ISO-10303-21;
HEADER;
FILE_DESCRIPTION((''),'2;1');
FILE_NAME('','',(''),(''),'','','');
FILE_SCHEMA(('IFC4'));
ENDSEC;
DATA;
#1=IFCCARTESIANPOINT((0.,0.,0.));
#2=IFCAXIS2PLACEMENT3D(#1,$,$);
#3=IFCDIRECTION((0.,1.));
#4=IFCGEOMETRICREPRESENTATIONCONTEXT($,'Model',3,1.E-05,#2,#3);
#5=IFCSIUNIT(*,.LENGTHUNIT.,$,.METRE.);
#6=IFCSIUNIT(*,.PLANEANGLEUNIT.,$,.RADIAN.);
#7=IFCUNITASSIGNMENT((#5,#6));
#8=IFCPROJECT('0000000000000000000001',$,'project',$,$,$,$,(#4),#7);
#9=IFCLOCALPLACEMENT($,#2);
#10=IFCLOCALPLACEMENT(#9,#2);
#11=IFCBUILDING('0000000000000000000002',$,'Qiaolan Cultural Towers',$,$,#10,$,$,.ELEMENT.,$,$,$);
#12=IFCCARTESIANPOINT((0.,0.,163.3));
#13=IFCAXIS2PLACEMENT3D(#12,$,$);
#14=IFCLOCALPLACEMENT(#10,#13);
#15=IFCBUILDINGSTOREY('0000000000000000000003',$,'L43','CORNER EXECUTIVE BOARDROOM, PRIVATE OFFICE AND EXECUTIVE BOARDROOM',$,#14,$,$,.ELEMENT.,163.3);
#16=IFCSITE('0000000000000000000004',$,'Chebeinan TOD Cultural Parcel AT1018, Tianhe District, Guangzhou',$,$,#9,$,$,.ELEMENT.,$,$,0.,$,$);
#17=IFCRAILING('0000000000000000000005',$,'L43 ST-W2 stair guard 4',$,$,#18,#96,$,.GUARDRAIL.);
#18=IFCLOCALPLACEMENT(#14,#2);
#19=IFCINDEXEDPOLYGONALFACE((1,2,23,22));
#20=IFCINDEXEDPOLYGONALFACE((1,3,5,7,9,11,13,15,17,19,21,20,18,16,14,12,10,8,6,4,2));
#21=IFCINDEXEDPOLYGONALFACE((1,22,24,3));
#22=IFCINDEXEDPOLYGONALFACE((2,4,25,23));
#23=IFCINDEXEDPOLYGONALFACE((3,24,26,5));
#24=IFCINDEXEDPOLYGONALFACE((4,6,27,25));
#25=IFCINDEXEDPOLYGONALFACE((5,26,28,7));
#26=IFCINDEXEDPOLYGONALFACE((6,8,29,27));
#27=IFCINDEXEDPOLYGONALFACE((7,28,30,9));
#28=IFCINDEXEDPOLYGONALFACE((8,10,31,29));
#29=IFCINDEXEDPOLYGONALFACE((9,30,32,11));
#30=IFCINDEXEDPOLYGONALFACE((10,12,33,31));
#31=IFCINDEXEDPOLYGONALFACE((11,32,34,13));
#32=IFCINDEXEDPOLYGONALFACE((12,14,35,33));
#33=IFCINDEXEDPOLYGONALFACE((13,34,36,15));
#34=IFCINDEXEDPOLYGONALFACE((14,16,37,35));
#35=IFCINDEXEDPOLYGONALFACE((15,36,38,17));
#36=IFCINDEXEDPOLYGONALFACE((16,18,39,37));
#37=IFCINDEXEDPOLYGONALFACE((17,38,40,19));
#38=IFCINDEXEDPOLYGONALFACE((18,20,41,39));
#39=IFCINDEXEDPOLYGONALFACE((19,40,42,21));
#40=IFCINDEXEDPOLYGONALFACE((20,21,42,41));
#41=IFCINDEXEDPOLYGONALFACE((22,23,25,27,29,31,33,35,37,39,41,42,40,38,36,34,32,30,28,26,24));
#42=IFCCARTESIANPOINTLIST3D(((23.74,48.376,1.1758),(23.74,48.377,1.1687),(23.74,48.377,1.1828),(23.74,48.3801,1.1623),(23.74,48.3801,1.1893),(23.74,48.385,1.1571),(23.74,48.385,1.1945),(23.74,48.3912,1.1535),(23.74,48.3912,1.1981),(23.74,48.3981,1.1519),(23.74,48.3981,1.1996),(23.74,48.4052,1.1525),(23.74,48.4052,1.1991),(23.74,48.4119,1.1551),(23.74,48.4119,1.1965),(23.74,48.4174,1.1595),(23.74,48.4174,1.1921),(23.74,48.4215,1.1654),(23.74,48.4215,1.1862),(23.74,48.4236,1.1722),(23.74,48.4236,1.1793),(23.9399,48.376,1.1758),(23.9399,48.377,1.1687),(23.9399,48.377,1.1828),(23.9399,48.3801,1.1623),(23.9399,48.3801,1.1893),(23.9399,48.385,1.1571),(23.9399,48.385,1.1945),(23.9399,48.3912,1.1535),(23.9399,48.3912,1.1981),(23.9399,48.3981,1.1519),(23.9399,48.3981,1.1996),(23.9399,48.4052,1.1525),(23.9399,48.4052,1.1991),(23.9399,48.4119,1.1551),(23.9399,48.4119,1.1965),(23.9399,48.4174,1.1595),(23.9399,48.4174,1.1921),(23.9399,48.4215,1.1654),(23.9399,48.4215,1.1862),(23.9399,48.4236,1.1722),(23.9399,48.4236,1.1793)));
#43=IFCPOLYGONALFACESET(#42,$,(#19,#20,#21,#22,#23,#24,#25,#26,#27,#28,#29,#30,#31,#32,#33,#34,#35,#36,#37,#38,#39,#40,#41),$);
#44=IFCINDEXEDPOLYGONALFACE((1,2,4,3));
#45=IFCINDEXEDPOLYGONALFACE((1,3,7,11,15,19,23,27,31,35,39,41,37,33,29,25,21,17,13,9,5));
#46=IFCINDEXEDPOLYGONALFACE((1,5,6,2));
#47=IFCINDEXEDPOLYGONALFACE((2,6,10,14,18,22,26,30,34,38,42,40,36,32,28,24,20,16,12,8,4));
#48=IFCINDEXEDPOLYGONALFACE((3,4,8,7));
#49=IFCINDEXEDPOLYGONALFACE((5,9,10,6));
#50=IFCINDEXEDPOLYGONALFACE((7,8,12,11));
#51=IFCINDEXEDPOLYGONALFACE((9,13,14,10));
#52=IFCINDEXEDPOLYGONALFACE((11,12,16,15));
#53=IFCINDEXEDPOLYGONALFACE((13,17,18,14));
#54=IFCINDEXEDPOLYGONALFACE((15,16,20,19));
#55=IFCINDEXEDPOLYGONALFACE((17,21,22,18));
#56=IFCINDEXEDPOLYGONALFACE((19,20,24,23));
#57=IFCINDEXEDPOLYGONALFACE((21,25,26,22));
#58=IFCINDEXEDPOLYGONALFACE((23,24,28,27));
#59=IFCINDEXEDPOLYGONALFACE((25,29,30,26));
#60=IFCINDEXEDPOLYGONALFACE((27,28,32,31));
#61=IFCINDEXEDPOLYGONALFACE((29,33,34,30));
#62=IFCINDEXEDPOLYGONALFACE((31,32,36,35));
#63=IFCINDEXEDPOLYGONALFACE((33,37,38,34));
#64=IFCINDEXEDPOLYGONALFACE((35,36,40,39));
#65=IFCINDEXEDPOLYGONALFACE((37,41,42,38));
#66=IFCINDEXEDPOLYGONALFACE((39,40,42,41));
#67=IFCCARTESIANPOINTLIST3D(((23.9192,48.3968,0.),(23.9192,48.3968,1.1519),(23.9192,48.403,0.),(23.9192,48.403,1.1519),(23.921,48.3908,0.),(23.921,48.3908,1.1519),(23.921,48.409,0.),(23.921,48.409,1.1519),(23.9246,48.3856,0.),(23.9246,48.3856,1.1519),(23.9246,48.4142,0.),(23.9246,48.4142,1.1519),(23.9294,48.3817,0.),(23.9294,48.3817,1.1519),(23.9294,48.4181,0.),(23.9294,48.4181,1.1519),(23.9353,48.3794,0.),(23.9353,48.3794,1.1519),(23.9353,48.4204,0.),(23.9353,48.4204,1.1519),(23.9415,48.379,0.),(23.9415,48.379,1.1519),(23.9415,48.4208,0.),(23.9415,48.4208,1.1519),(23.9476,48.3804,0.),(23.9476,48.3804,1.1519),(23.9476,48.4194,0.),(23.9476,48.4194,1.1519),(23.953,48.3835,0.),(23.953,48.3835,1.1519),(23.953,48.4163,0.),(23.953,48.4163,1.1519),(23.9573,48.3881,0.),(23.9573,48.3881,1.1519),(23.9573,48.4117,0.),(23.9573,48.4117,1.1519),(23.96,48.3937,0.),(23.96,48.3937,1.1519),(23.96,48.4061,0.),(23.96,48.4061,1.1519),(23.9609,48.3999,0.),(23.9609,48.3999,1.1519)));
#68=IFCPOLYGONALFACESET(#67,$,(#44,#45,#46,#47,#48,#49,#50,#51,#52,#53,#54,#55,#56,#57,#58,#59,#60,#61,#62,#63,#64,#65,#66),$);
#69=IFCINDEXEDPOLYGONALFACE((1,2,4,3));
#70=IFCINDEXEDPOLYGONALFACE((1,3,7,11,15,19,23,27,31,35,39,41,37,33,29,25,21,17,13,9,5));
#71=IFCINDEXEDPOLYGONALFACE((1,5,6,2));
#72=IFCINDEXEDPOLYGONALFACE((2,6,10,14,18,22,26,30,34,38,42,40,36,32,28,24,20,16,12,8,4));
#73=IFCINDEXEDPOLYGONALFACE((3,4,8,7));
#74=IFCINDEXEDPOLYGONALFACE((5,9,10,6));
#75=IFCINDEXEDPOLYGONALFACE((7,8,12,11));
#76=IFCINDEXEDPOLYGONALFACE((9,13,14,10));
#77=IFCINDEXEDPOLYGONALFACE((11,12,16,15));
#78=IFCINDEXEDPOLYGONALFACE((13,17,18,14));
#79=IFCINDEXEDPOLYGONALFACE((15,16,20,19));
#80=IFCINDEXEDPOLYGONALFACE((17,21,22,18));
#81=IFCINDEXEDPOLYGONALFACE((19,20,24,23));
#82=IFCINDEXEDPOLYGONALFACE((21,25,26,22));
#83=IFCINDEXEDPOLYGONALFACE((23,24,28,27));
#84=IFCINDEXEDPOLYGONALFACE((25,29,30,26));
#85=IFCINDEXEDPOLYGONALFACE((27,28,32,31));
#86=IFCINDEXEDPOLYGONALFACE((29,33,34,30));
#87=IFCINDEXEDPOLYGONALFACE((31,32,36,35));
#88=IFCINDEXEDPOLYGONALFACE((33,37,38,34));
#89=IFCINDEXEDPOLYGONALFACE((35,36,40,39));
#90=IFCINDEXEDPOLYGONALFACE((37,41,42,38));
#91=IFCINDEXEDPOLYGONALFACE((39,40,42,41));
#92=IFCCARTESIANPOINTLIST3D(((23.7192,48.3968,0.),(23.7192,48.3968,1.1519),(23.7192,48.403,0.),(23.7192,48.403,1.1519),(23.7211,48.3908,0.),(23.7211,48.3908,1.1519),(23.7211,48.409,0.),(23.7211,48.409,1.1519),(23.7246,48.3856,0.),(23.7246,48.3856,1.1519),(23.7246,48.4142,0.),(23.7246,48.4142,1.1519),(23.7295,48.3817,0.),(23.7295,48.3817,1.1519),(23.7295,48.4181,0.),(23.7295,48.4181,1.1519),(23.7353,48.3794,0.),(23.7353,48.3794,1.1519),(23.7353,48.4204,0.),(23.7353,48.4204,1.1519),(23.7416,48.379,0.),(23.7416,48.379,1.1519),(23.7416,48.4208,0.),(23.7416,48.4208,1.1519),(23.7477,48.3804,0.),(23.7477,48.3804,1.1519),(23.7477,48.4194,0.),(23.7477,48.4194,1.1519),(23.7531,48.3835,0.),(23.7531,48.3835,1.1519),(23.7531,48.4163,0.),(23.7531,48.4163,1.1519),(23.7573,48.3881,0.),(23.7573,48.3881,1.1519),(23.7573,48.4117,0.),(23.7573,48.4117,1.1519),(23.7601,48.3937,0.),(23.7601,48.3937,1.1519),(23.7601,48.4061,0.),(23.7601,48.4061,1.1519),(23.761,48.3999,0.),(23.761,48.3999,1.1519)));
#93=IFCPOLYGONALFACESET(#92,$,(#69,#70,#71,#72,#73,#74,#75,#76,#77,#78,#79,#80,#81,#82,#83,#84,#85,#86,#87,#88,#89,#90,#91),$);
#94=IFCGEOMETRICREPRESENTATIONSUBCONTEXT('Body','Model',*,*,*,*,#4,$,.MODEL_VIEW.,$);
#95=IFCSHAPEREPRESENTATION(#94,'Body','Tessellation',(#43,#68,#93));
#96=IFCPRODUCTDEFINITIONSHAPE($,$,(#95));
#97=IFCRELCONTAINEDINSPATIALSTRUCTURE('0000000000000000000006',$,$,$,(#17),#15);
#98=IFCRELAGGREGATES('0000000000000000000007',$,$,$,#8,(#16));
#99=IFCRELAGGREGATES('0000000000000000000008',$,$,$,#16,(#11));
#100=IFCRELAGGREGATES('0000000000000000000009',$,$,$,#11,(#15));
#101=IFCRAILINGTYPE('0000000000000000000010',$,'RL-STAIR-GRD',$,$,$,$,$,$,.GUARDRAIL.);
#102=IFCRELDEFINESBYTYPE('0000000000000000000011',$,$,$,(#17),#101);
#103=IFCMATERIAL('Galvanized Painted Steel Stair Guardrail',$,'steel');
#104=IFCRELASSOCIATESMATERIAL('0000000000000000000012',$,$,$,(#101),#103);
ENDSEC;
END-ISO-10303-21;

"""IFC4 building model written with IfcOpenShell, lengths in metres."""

from ifc_helpers import new_model, si_unit, direction, frame, origin, origin_2d, place, context, subcontext, project, spatial, circle, extrude, material, type_object, element, save


model = new_model("IFC4")

# Units and contexts
model_context = context("Model", 3, precision=1e-05, world=origin(), true_north=direction((0.0, 1.0)))
body_context = subcontext(model_context, "Body", "Model", "MODEL_VIEW")
ifc_project = project(units=[si_unit("LENGTHUNIT", "METRE"), si_unit("PLANEANGLEUNIT", "RADIAN")], contexts=[model_context])

# Site, building, storey
site_placement = place(None, origin())
site = spatial("IfcSite", under=ifc_project, at=site_placement, Name="Chebeinan TOD Cultural Parcel AT1018, Tianhe District, Guangzhou", CompositionType="ELEMENT", RefElevation=0.0)
building_placement = place(site_placement, origin())
building = spatial("IfcBuilding", under=site, at=building_placement, Name="Qiaolan Cultural Towers", CompositionType="ELEMENT")
storey_placement = place(building_placement, frame((0.0, 0.0, 163.3)))
storey = spatial("IfcBuildingStorey", under=building, at=storey_placement, Name="L43", Description="CORNER EXECUTIVE BOARDROOM, PRIVATE OFFICE AND EXECUTIVE BOARDROOM", CompositionType="ELEMENT", Elevation=163.3)

# Railing
ifc_material_1 = material(Name="Galvanized Painted Steel Stair Guardrail", Category="steel")
railing_type_1 = type_object("IfcRailingType", Name="RL-STAIR-GRD", PredefinedType="GUARDRAIL", material=ifc_material_1)
railing_1_placement = place(storey_placement, frame((23.9399, 48.3999, 0.0)))
element("IfcRailing", 1, at=railing_1_placement, inside=storey, type_object=railing_type_1, Name="L43 ST-W2 stair guard 4", PredefinedType="GUARDRAIL", context=body_context, shape_type="SweptSolid", body=[
    extrude(circle(Radius=0.0239, at=origin_2d()), frame((0.0, 0.0, 1.1758), z_axis=(-1.0, 0.0, 0.0), x_axis=(0.0, -1.0, 0.0)), (0.0, 0.0, 1.0), 0.2),
    extrude(circle(Radius=0.021, at=origin_2d()), origin(), (0.0, 0.0, 1.0), 1.1519),
    extrude(circle(Radius=0.021, at=origin_2d()), frame((-0.2, 0.0, 0.0)), (0.0, 0.0, 1.0), 1.1519),
])

save(model, "model.ifc")
